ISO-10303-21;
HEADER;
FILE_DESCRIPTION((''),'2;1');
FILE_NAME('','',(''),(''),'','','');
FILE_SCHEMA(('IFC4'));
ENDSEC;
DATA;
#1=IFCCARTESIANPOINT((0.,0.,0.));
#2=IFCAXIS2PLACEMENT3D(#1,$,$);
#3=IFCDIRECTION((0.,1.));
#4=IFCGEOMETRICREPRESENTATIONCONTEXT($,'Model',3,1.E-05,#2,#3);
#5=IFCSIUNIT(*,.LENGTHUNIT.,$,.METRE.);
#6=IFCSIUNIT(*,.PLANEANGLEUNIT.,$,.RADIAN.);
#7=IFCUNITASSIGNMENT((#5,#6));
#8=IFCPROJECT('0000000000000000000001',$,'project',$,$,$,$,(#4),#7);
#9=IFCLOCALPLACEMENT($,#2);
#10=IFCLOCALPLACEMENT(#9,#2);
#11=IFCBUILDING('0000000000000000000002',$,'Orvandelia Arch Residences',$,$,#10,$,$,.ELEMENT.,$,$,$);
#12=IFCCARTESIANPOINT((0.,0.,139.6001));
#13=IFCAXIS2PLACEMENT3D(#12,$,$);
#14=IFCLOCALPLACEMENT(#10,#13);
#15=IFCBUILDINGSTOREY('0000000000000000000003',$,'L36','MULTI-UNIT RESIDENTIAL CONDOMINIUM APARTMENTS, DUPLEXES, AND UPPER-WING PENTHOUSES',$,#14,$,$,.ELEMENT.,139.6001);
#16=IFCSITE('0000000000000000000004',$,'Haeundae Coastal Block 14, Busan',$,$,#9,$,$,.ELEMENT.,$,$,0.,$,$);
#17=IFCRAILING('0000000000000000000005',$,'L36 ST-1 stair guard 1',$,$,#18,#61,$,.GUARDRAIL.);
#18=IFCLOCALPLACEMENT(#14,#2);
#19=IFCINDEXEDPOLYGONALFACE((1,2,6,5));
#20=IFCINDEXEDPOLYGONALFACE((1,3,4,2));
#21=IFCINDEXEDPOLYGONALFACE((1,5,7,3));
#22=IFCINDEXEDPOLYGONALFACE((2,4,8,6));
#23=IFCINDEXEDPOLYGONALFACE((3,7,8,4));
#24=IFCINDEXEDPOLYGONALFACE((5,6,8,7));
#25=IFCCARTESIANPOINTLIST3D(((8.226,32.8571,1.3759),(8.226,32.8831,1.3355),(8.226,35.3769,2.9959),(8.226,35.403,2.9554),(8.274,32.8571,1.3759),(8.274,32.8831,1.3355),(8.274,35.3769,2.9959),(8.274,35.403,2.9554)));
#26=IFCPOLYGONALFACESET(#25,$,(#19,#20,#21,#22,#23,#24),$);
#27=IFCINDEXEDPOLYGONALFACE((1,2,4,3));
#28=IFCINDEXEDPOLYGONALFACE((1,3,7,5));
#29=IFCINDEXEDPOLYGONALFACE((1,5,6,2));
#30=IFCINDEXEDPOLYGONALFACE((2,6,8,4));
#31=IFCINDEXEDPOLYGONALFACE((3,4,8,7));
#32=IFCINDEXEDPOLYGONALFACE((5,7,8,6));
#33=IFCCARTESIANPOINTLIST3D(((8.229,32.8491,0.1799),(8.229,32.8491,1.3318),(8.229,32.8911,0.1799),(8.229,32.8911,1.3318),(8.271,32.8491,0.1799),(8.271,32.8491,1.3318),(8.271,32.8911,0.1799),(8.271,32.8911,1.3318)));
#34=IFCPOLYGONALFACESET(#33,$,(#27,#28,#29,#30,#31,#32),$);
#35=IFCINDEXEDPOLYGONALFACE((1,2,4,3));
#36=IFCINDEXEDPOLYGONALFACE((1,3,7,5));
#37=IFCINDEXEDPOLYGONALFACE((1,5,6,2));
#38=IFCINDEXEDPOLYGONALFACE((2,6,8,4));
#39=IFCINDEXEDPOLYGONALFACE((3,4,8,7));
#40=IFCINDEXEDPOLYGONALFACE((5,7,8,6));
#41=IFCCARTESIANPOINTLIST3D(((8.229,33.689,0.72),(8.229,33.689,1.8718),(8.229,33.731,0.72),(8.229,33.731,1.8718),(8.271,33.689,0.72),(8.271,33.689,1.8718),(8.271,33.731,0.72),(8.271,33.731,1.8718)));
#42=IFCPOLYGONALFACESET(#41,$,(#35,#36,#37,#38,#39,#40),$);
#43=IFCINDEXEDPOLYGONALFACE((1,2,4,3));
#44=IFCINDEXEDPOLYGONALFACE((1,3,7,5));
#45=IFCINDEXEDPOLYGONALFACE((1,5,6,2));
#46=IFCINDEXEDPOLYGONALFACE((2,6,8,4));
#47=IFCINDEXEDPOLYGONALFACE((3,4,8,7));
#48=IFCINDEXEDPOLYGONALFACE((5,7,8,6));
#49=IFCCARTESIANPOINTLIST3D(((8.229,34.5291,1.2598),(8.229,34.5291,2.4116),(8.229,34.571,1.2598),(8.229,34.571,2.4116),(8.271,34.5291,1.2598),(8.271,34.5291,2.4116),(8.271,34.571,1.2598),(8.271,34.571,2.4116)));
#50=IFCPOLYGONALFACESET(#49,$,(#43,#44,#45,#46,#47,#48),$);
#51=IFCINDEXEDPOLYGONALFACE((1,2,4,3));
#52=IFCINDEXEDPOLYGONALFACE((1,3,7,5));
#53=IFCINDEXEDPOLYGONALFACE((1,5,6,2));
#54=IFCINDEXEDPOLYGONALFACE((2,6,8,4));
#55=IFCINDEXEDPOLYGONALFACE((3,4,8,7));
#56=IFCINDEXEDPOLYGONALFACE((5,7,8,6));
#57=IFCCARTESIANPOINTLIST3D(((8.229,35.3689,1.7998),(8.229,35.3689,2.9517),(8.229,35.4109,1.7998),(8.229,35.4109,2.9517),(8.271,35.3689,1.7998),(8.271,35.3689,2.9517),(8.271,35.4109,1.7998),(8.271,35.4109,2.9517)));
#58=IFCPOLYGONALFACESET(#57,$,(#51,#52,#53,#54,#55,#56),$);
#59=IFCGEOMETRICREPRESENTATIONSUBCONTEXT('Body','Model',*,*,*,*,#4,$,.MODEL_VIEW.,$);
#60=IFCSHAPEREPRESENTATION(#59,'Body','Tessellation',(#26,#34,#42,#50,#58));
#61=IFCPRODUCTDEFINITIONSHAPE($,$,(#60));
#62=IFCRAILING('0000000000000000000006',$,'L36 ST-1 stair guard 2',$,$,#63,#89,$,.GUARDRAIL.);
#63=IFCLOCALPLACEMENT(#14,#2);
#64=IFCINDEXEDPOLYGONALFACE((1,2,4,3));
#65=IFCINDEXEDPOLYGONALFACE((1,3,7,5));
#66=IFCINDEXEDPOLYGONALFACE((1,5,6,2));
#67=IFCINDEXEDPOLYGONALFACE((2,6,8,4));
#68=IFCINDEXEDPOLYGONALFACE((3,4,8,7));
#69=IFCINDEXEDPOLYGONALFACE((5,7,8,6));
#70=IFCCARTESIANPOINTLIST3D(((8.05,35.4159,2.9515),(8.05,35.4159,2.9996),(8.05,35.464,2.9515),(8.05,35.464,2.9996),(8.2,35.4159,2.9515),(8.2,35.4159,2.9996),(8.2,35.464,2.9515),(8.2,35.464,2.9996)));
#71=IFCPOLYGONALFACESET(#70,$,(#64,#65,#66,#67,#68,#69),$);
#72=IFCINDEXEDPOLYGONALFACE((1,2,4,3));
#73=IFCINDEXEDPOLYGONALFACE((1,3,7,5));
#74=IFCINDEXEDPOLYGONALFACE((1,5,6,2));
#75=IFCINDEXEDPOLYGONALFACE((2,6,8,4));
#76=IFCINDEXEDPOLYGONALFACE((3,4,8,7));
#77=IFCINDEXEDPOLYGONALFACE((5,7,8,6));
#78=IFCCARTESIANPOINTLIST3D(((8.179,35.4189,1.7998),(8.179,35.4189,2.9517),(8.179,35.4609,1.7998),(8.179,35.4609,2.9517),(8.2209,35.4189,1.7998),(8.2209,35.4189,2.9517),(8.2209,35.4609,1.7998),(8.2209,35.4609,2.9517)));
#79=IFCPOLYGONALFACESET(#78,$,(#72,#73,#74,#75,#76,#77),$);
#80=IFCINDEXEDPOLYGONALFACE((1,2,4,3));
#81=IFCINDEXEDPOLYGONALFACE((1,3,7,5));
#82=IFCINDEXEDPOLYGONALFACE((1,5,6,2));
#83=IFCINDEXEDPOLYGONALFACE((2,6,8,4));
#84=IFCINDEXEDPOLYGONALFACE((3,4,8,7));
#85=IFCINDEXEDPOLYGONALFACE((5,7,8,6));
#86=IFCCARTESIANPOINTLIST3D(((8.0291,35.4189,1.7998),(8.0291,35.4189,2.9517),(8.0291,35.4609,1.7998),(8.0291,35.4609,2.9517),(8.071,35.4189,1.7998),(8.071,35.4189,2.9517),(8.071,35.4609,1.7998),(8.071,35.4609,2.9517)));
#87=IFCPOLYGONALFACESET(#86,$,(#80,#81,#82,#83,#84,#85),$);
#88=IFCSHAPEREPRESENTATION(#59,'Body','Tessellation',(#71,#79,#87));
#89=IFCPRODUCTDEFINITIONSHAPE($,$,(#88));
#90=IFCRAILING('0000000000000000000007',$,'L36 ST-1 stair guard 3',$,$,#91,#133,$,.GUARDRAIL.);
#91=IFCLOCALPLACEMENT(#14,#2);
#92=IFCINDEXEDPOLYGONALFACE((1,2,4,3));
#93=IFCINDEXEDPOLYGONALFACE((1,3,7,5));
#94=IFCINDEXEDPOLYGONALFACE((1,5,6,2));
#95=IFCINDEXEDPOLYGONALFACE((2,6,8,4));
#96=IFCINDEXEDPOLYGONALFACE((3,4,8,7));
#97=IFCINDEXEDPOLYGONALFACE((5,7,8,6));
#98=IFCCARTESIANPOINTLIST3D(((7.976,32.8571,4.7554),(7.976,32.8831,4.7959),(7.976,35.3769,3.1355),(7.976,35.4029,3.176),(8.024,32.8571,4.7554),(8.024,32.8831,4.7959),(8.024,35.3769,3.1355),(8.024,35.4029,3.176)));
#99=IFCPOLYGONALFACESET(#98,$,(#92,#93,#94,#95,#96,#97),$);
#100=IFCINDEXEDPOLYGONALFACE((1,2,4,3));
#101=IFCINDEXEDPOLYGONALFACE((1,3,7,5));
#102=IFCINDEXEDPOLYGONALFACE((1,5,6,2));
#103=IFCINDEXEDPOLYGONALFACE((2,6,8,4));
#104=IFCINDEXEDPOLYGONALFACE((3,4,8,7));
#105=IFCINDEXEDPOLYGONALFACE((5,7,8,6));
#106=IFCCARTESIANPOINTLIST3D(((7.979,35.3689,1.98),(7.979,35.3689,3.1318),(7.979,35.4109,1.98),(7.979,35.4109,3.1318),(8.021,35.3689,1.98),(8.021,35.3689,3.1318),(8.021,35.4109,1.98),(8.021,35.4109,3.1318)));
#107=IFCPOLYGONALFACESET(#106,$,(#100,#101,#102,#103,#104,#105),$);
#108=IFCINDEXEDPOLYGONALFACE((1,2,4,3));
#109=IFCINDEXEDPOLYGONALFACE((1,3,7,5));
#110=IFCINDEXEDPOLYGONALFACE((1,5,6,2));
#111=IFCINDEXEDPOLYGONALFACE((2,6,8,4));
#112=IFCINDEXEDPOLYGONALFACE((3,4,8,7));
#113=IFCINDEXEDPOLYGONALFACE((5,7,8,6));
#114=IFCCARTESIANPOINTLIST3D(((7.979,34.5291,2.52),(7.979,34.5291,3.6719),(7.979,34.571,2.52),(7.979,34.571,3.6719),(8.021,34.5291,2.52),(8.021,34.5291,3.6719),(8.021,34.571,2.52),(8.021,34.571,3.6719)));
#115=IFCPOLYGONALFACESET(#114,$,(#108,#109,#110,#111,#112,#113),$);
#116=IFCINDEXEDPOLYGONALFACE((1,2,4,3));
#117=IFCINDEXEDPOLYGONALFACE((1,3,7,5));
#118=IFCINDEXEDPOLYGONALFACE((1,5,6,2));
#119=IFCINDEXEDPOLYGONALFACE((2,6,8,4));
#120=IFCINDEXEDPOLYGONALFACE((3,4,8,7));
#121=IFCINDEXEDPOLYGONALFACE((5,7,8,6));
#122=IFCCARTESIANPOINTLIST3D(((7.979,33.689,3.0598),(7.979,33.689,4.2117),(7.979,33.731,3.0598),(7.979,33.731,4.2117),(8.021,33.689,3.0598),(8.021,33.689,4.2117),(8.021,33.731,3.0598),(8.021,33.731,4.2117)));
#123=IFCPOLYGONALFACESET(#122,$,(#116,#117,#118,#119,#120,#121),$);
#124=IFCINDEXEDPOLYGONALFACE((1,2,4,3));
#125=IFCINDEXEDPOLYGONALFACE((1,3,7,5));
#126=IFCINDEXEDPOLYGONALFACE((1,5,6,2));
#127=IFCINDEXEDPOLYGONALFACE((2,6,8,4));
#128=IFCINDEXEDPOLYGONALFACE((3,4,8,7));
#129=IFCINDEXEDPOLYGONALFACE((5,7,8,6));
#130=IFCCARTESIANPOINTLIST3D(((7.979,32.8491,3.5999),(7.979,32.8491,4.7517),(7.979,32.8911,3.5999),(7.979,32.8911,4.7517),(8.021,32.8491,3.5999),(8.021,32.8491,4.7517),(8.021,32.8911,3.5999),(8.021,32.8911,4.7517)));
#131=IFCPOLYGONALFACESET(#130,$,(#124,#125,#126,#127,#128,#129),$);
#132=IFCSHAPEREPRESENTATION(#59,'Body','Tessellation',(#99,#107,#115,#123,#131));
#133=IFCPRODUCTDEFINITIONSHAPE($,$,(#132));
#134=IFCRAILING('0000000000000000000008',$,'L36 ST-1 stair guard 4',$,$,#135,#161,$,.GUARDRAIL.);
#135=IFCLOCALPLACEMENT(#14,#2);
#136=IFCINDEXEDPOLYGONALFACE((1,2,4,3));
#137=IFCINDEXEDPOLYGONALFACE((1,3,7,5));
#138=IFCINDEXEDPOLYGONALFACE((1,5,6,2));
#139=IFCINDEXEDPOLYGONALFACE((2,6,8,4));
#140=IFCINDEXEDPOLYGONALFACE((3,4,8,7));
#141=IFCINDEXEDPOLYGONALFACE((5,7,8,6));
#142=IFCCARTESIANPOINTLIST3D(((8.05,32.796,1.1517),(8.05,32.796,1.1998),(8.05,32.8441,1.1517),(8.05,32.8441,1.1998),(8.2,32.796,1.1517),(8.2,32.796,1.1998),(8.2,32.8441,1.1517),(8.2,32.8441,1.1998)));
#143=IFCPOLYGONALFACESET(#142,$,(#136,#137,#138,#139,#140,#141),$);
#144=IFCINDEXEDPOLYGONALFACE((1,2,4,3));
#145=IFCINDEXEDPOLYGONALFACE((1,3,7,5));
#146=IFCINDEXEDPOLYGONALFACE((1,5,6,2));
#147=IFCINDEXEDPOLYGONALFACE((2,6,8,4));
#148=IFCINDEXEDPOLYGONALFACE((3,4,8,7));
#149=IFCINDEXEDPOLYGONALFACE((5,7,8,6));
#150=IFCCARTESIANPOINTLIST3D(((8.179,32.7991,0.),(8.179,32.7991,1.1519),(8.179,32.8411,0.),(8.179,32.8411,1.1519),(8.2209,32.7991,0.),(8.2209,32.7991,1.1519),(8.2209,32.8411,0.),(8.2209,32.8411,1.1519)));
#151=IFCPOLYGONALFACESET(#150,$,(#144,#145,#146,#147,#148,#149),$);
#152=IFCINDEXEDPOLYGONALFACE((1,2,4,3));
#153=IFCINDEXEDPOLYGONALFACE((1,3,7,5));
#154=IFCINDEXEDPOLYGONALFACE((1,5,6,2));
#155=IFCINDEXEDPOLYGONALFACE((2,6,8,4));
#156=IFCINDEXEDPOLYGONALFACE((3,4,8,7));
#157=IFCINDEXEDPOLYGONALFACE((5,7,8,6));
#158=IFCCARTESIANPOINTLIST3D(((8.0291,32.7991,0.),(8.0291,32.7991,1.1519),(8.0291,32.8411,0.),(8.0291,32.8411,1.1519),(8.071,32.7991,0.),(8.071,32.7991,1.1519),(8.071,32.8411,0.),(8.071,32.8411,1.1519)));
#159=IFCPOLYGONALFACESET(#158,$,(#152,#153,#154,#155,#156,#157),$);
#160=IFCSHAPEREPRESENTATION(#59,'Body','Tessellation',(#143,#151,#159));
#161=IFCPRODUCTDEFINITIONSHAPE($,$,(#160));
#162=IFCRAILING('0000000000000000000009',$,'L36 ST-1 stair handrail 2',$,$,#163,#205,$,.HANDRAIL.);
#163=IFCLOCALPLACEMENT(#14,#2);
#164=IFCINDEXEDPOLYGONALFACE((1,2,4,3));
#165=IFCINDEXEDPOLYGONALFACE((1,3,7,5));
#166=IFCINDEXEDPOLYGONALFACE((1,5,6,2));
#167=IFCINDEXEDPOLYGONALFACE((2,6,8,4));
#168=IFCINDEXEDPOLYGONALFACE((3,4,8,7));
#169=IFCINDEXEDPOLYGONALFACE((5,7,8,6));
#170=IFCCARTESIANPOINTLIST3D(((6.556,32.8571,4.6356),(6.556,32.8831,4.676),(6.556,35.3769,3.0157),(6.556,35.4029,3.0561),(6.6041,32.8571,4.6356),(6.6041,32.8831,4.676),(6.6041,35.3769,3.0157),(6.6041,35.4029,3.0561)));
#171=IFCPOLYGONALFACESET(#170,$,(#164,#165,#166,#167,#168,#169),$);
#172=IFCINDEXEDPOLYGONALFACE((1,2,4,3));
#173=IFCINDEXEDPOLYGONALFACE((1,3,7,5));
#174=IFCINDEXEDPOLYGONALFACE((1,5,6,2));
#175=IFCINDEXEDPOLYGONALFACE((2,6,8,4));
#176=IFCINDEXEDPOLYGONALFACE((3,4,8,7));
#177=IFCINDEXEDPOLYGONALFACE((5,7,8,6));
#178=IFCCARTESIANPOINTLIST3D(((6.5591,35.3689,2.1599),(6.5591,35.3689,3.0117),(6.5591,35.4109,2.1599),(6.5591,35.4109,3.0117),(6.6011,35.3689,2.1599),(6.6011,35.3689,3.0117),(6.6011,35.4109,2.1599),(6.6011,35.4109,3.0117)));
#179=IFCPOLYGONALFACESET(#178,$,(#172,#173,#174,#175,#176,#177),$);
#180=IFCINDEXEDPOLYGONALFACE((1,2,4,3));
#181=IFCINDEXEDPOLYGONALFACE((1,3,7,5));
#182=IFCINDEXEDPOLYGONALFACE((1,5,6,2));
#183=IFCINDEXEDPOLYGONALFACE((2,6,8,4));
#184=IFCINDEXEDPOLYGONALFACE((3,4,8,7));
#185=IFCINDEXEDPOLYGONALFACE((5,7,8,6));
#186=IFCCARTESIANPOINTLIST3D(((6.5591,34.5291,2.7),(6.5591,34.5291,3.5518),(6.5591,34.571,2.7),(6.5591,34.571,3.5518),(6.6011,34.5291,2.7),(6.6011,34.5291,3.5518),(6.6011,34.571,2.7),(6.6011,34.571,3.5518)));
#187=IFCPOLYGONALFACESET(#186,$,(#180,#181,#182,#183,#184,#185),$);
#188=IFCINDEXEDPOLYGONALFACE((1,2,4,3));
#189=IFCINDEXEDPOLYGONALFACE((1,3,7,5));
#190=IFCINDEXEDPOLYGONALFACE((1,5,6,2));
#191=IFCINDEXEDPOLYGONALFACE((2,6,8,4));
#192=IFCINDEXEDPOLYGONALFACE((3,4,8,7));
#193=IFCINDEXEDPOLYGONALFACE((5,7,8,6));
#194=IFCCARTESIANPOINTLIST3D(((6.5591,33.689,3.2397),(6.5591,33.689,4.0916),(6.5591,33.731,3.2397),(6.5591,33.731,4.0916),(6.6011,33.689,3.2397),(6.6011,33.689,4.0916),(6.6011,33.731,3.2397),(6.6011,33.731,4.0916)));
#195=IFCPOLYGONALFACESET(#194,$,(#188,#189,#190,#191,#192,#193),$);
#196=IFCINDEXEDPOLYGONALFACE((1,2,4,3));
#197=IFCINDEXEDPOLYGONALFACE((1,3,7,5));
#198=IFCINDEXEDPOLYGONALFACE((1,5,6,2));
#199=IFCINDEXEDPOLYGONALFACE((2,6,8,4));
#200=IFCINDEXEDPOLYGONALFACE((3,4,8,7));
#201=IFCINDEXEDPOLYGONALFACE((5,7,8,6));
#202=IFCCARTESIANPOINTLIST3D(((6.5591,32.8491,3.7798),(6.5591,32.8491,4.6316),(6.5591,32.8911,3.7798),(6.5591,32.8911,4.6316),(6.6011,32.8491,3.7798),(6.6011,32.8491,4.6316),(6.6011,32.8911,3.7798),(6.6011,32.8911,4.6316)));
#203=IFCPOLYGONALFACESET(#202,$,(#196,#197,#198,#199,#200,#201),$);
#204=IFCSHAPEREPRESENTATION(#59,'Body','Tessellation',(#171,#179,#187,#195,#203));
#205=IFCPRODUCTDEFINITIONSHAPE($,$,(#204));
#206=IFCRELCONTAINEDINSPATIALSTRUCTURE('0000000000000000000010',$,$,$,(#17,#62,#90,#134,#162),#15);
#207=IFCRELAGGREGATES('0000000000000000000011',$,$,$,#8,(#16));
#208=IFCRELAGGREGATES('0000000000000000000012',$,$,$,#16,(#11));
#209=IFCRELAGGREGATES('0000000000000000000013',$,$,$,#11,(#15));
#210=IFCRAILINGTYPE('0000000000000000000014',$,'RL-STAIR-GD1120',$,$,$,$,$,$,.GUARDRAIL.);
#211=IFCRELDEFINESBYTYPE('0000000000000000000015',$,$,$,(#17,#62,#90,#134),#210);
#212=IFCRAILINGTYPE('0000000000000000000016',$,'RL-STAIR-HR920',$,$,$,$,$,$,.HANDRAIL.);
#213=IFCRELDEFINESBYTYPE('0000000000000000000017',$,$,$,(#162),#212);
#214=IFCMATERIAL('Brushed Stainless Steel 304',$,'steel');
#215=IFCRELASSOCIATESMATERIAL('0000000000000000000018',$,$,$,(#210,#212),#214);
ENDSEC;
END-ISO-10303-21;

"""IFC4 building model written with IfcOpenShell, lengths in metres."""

from ifc_helpers import new_model, si_unit, direction, frame, origin, origin_2d, place, context, subcontext, project, spatial, rectangle, extrude, material, type_object, element, save


model = new_model("IFC4")

# Units and contexts
model_context = context("Model", 3, precision=1e-05, world=origin(), true_north=direction((0.0, 1.0)))
body_context = subcontext(model_context, "Body", "Model", "MODEL_VIEW")
ifc_project = project(units=[si_unit("LENGTHUNIT", "METRE"), si_unit("PLANEANGLEUNIT", "RADIAN")], contexts=[model_context])

# Site, building, storey
site_placement = place(None, origin())
site = spatial("IfcSite", under=ifc_project, at=site_placement, Name="Haeundae Coastal Block 14, Busan", CompositionType="ELEMENT", RefElevation=0.0)
building_placement = place(site_placement, origin())
building = spatial("IfcBuilding", under=site, at=building_placement, Name="Orvandelia Arch Residences", CompositionType="ELEMENT")
storey_placement = place(building_placement, frame((0.0, 0.0, 139.6001)))
storey = spatial("IfcBuildingStorey", under=building, at=storey_placement, Name="L36", Description="MULTI-UNIT RESIDENTIAL CONDOMINIUM APARTMENTS, DUPLEXES, AND UPPER-WING PENTHOUSES", CompositionType="ELEMENT", Elevation=139.6001)

# Railings
ifc_material_1 = material(Name="Brushed Stainless Steel 304", Category="steel")
railing_type_1 = type_object("IfcRailingType", Name="RL-STAIR-GD1120", PredefinedType="GUARDRAIL", material=ifc_material_1)
railing_1_placement = place(storey_placement, frame((8.25, 32.8701, 0.1799)))
element("IfcRailing", 1, at=railing_1_placement, inside=storey, type_object=railing_type_1, Name="L36 ST-1 stair guard 1", PredefinedType="GUARDRAIL", context=body_context, shape_type="SweptSolid", body=[
    extrude(rectangle(XDim=0.0481, YDim=0.0481, at=origin_2d()), frame((0.0, 0.0, 1.1758), z_axis=(0.0, 0.841176, 0.540762), x_axis=(-1.0, 0.0, 0.0)), (0.0, 0.0, 1.0), 2.9956),
    extrude(rectangle(XDim=0.042, YDim=0.042, at=origin_2d()), origin(), (0.0, 0.0, 1.0), 1.1519),
    extrude(rectangle(XDim=0.042, YDim=0.042, at=origin_2d()), frame((0.0, 0.8398, 0.54)), (0.0, 0.0, 1.0), 1.1519),
    extrude(rectangle(XDim=0.042, YDim=0.042, at=origin_2d()), frame((0.0, 1.6799, 1.0798)), (0.0, 0.0, 1.0), 1.1519),
    extrude(rectangle(XDim=0.042, YDim=0.042, at=origin_2d()), frame((0.0, 2.5198, 1.6199)), (0.0, 0.0, 1.0), 1.1519),
])
railing_2_placement = place(storey_placement, frame((8.2, 35.4399, 1.7998)))
element("IfcRailing", 2, at=railing_2_placement, inside=storey, type_object=railing_type_1, Name="L36 ST-1 stair guard 2", PredefinedType="GUARDRAIL", context=body_context, shape_type="SweptSolid", body=[
    extrude(rectangle(XDim=0.0481, YDim=0.0481, at=origin_2d()), frame((0.0, 0.0, 1.1758), z_axis=(-1.0, 0.0, 0.0), x_axis=(0.0, -1.0, 0.0)), (0.0, 0.0, 1.0), 0.1499),
    extrude(rectangle(XDim=0.042, YDim=0.042, at=origin_2d()), origin(), (0.0, 0.0, 1.0), 1.1519),
    extrude(rectangle(XDim=0.042, YDim=0.042, at=origin_2d()), frame((-0.1499, 0.0, 0.0)), (0.0, 0.0, 1.0), 1.1519),
])
railing_3_placement = place(storey_placement, frame((8.0, 35.3899, 1.98)))
element("IfcRailing", 3, at=railing_3_placement, inside=storey, type_object=railing_type_1, Name="L36 ST-1 stair guard 3", PredefinedType="GUARDRAIL", context=body_context, shape_type="SweptSolid", body=[
    extrude(rectangle(XDim=0.0481, YDim=0.0481, at=origin_2d()), frame((0.0, 0.0, 1.1758), z_axis=(0.0, -0.841176, 0.540762), x_axis=(1.0, 0.0, 0.0)), (0.0, 0.0, 1.0), 2.9956),
    extrude(rectangle(XDim=0.042, YDim=0.042, at=origin_2d()), origin(), (0.0, 0.0, 1.0), 1.1519),
    extrude(rectangle(XDim=0.042, YDim=0.042, at=origin_2d()), frame((0.0, -0.8398, 0.54)), (0.0, 0.0, 1.0), 1.1519),
    extrude(rectangle(XDim=0.042, YDim=0.042, at=origin_2d()), frame((0.0, -1.6799, 1.0798)), (0.0, 0.0, 1.0), 1.1519),
    extrude(rectangle(XDim=0.042, YDim=0.042, at=origin_2d()), frame((0.0, -2.5198, 1.6199)), (0.0, 0.0, 1.0), 1.1519),
])
railing_4_placement = place(storey_placement, frame((8.2, 32.8201, 0.0)))
element("IfcRailing", 4, at=railing_4_placement, inside=storey, type_object=railing_type_1, Name="L36 ST-1 stair guard 4", PredefinedType="GUARDRAIL", context=body_context, shape_type="SweptSolid", body=[
    extrude(rectangle(XDim=0.0481, YDim=0.0481, at=origin_2d()), frame((0.0, 0.0, 1.1758), z_axis=(-1.0, 0.0, 0.0), x_axis=(0.0, -1.0, 0.0)), (0.0, 0.0, 1.0), 0.1499),
    extrude(rectangle(XDim=0.042, YDim=0.042, at=origin_2d()), origin(), (0.0, 0.0, 1.0), 1.1519),
    extrude(rectangle(XDim=0.042, YDim=0.042, at=origin_2d()), frame((-0.1499, 0.0, 0.0)), (0.0, 0.0, 1.0), 1.1519),
])
railing_type_2 = type_object("IfcRailingType", Name="RL-STAIR-HR920", PredefinedType="HANDRAIL", material=ifc_material_1)
railing_5_placement = place(storey_placement, frame((6.5801, 35.3899, 2.1599)))
element("IfcRailing", 5, at=railing_5_placement, inside=storey, type_object=railing_type_2, Name="L36 ST-1 stair handrail 2", PredefinedType="HANDRAIL", context=body_context, shape_type="SweptSolid", body=[
    extrude(rectangle(XDim=0.0481, YDim=0.0481, at=origin_2d()), frame((0.0, 0.0, 0.876), z_axis=(0.0, -0.841176, 0.540762), x_axis=(1.0, 0.0, 0.0)), (0.0, 0.0, 1.0), 2.9956),
    extrude(rectangle(XDim=0.042, YDim=0.042, at=origin_2d()), origin(), (0.0, 0.0, 1.0), 0.8518),
    extrude(rectangle(XDim=0.042, YDim=0.042, at=origin_2d()), frame((0.0, -0.8398, 0.54)), (0.0, 0.0, 1.0), 0.8518),
    extrude(rectangle(XDim=0.042, YDim=0.042, at=origin_2d()), frame((0.0, -1.6799, 1.0798)), (0.0, 0.0, 1.0), 0.8518),
    extrude(rectangle(XDim=0.042, YDim=0.042, at=origin_2d()), frame((0.0, -2.5198, 1.6199)), (0.0, 0.0, 1.0), 0.8518),
])

save(model, "model.ifc")
